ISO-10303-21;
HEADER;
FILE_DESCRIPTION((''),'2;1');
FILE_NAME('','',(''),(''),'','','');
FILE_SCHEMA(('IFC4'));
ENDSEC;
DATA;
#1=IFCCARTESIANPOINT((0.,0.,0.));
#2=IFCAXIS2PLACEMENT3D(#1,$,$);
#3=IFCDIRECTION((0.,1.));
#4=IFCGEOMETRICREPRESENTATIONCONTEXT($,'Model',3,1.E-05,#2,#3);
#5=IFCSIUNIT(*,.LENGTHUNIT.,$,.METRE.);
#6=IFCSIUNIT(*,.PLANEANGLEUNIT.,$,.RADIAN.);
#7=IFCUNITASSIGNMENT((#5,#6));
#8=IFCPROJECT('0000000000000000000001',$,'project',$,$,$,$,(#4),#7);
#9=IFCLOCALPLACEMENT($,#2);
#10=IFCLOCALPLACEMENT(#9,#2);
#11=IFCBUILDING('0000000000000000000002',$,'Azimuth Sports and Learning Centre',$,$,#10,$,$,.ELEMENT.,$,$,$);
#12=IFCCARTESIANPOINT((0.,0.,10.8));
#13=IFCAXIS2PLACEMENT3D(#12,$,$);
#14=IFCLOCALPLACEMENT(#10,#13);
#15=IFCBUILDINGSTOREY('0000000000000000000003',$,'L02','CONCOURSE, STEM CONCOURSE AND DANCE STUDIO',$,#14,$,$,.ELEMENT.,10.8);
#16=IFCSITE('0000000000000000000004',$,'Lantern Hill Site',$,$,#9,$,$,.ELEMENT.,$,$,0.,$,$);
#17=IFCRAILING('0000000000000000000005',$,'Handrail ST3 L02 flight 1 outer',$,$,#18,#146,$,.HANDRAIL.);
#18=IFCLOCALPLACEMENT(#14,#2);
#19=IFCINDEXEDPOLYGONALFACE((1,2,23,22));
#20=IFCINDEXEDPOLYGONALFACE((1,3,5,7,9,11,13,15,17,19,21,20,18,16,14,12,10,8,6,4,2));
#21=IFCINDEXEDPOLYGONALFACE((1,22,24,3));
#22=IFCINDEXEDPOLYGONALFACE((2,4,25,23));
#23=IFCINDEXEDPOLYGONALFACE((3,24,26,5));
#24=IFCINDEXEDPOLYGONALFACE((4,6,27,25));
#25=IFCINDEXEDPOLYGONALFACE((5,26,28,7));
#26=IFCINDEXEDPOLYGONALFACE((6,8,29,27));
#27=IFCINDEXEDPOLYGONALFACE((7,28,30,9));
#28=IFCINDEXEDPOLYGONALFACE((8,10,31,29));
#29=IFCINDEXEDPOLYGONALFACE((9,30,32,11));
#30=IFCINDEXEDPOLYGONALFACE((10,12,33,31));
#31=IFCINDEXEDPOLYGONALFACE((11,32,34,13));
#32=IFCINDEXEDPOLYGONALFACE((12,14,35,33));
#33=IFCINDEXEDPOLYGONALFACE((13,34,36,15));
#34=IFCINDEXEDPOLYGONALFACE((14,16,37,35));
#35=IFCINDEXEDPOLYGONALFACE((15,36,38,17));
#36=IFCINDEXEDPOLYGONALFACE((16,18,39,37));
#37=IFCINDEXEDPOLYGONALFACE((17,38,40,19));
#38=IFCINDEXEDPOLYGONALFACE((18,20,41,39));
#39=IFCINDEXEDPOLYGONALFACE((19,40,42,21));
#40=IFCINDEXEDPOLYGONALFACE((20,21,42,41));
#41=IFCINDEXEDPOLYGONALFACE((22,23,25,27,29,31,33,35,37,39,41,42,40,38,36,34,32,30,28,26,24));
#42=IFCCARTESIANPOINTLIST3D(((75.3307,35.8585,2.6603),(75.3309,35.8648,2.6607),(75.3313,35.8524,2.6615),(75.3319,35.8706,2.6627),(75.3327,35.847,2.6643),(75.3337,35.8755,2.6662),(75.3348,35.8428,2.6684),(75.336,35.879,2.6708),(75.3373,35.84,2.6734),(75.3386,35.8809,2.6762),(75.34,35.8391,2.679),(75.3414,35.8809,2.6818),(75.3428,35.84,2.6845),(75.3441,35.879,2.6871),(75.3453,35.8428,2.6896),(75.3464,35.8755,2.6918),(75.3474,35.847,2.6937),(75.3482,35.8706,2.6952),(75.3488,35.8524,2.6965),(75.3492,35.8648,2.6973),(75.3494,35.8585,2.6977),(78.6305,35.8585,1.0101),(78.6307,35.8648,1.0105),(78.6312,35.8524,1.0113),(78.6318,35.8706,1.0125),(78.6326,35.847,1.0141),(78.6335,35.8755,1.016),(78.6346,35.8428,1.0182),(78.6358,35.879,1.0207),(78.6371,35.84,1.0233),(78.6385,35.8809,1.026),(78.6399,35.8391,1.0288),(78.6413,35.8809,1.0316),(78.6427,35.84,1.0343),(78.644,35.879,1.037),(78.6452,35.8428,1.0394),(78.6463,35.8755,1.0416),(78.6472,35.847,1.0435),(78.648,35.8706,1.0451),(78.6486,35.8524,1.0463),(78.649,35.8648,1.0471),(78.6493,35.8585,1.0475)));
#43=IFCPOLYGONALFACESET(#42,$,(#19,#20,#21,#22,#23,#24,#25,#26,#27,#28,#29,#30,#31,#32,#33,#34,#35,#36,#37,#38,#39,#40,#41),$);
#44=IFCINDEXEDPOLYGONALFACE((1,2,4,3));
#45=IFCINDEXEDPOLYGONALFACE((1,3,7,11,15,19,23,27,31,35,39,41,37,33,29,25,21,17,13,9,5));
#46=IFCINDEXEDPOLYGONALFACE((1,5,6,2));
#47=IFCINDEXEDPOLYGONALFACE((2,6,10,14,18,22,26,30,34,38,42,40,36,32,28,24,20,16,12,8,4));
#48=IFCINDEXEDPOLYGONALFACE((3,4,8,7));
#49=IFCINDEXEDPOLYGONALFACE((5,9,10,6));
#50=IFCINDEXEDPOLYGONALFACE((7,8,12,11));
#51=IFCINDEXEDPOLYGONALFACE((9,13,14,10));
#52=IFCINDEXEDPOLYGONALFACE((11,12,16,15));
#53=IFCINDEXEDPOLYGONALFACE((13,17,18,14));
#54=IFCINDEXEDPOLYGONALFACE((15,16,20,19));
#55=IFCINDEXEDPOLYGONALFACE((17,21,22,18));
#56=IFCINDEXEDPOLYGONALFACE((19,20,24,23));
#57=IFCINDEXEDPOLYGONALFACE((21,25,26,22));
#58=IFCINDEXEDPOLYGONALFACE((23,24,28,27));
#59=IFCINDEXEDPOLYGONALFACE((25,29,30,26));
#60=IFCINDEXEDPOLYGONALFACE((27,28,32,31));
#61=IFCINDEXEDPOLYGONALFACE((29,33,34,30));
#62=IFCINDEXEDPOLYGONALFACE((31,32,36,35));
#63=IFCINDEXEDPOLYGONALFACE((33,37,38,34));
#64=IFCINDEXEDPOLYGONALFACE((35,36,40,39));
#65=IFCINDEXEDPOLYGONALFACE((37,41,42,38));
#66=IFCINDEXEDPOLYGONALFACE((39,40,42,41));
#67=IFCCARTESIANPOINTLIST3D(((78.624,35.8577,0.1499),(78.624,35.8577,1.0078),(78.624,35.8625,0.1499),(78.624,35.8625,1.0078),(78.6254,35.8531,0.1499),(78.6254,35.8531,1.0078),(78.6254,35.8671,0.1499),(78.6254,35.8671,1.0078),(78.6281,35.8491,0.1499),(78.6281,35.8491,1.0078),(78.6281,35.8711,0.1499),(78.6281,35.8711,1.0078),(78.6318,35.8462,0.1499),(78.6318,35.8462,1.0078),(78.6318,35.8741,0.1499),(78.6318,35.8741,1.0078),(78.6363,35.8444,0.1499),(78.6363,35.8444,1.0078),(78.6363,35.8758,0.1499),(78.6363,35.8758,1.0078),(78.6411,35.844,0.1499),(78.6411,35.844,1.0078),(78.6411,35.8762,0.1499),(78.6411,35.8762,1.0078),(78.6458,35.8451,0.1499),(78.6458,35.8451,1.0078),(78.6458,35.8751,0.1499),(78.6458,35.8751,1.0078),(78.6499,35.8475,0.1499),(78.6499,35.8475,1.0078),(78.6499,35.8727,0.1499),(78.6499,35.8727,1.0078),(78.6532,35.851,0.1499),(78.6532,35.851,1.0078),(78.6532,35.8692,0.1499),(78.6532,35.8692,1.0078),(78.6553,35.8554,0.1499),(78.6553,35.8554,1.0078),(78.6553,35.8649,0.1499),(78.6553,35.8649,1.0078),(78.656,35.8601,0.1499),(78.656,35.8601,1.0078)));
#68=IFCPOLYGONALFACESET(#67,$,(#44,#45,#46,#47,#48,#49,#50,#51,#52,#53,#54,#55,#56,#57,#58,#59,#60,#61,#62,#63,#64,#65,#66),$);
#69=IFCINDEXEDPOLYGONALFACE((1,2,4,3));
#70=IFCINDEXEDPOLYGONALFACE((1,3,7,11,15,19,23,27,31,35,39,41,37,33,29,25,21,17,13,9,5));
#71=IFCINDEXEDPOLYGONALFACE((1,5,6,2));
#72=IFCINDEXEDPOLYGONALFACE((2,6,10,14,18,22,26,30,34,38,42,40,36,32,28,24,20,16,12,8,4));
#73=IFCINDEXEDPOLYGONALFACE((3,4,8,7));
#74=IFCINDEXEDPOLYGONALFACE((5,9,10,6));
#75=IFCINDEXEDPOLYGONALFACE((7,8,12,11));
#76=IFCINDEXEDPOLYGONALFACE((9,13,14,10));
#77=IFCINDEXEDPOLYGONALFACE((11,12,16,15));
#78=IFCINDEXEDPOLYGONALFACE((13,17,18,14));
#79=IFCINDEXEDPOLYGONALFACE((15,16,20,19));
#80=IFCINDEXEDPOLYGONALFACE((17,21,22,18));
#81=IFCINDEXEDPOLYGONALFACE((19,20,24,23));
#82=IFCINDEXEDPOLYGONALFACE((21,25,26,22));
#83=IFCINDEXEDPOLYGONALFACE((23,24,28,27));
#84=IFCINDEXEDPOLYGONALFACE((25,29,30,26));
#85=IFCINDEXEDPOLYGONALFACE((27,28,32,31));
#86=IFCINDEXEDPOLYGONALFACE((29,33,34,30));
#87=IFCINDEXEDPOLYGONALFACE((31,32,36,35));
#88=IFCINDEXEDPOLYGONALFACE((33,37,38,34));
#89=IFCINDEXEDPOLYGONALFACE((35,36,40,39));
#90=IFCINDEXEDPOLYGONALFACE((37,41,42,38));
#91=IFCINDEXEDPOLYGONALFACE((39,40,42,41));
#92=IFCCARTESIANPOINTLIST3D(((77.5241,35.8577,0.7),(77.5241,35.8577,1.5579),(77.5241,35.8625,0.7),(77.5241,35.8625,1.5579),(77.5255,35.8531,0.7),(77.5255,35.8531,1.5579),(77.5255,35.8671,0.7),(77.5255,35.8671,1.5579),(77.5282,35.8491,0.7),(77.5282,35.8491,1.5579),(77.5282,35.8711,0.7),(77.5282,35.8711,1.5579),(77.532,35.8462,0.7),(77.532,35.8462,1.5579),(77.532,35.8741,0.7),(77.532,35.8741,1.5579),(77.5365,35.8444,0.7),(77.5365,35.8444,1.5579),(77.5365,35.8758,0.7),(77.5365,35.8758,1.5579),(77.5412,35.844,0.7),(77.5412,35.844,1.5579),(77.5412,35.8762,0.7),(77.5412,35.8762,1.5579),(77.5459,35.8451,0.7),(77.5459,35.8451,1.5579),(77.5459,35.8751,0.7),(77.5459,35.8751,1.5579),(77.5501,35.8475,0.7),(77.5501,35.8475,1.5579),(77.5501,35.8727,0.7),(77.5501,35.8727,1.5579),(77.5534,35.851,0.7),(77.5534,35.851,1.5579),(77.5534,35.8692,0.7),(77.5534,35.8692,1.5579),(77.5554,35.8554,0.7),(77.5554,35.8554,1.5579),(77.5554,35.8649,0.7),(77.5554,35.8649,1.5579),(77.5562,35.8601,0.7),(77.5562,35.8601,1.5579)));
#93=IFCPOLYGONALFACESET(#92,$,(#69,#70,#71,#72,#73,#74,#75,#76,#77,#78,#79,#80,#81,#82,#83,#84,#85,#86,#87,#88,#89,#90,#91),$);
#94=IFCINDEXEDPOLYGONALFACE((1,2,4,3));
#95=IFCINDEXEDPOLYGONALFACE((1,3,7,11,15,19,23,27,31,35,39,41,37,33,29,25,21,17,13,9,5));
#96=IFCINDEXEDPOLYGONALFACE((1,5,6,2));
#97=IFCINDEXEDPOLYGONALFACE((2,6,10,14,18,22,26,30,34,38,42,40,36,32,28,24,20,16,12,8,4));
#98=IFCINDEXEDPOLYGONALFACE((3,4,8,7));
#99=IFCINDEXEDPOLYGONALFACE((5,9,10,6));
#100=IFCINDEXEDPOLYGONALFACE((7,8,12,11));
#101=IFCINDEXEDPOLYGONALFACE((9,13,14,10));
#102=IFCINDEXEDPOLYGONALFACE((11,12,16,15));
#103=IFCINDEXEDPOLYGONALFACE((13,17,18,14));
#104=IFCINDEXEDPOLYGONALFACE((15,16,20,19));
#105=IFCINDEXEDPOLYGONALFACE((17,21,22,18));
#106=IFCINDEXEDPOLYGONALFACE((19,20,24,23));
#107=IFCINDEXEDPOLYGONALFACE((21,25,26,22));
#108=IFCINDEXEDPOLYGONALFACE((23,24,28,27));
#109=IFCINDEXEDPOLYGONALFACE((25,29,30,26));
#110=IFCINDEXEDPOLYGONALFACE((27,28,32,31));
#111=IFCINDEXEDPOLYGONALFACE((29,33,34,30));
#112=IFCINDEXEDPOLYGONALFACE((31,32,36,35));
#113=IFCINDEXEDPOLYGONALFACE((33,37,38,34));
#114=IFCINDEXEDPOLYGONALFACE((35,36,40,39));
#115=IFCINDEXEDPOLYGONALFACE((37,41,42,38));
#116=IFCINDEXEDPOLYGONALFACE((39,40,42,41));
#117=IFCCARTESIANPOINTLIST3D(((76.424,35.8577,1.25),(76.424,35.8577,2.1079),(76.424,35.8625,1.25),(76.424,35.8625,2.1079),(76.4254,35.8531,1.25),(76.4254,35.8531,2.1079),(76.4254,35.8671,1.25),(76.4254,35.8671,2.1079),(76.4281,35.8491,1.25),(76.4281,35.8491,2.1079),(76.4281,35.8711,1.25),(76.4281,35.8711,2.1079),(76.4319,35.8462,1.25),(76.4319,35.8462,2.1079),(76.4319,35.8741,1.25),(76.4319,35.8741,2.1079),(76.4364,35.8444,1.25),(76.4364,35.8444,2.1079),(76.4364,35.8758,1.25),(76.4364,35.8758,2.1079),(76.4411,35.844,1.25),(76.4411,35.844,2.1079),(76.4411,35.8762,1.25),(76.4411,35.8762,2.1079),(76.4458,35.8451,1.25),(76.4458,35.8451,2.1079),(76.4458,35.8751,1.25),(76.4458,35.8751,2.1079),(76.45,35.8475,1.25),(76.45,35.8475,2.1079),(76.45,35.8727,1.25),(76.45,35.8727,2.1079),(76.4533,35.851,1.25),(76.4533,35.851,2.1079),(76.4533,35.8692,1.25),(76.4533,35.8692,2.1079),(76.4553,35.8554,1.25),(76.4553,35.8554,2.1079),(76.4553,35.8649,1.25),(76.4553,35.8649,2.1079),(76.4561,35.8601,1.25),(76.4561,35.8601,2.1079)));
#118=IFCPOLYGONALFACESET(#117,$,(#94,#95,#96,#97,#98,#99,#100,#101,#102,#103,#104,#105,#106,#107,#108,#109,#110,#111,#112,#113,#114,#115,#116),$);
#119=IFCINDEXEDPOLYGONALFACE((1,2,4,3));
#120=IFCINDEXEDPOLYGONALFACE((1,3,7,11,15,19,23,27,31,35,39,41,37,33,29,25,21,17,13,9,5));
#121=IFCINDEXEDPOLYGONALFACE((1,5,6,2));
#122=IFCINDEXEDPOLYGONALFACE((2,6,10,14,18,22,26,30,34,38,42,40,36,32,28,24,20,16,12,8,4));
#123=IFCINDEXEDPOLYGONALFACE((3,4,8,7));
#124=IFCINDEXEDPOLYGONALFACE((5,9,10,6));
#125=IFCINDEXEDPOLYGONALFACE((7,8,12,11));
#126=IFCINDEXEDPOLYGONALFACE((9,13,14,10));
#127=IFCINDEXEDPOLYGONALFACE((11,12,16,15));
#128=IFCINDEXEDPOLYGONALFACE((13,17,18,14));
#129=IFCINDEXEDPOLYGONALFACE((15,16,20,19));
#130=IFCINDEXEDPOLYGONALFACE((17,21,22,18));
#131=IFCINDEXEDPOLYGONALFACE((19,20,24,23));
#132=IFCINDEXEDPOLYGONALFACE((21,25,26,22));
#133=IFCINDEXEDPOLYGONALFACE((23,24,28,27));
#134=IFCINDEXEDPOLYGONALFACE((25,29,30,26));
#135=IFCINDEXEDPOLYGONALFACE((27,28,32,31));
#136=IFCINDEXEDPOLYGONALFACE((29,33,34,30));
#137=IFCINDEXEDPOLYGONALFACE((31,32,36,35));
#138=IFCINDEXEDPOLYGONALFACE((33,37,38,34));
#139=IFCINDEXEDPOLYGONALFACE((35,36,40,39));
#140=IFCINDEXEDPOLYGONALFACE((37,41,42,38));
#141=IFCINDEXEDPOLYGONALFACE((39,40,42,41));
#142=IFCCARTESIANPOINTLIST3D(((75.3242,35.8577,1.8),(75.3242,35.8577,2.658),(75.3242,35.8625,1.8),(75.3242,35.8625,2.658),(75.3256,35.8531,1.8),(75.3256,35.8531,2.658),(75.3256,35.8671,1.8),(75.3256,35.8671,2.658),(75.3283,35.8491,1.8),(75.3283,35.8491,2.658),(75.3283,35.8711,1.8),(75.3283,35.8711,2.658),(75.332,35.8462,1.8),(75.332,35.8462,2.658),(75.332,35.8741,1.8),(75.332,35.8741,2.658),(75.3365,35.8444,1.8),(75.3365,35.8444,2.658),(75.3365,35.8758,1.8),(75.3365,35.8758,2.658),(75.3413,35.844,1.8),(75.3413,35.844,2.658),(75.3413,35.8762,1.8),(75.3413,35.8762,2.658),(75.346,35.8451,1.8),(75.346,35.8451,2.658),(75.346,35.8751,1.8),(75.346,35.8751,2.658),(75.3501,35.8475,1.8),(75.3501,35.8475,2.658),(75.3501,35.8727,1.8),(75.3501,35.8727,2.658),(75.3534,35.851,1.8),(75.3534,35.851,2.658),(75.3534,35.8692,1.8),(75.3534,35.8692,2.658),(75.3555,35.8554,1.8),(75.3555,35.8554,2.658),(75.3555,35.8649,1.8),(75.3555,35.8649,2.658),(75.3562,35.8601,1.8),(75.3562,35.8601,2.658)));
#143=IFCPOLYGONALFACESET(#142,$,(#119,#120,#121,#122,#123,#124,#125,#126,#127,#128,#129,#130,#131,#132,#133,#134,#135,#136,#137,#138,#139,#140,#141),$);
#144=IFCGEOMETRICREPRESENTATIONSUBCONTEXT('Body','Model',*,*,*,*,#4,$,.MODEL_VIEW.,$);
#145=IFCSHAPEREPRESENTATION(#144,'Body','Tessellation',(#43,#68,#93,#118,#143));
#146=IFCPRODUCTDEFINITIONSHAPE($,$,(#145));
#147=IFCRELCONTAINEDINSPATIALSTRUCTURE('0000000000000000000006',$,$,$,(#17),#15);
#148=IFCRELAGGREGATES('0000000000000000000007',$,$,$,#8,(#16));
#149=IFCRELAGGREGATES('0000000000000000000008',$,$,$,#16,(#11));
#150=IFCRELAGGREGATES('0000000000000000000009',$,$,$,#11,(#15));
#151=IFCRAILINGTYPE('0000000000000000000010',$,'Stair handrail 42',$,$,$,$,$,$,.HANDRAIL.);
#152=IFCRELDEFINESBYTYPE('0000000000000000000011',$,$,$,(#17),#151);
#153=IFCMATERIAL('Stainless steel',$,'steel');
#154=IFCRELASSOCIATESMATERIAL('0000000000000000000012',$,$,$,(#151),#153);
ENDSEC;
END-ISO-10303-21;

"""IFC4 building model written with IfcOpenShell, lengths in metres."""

from ifc_helpers import new_model, si_unit, direction, frame, origin, origin_2d, place, context, subcontext, project, spatial, circle, extrude, material, type_object, element, save


model = new_model("IFC4")

# Units and contexts
model_context = context("Model", 3, precision=1e-05, world=origin(), true_north=direction((0.0, 1.0)))
body_context = subcontext(model_context, "Body", "Model", "MODEL_VIEW")
ifc_project = project(units=[si_unit("LENGTHUNIT", "METRE"), si_unit("PLANEANGLEUNIT", "RADIAN")], contexts=[model_context])

# Site, building, storey
site_placement = place(None, origin())
site = spatial("IfcSite", under=ifc_project, at=site_placement, Name="Lantern Hill Site", CompositionType="ELEMENT", RefElevation=0.0)
building_placement = place(site_placement, origin())
building = spatial("IfcBuilding", under=site, at=building_placement, Name="Azimuth Sports and Learning Centre", CompositionType="ELEMENT")
storey_placement = place(building_placement, frame((0.0, 0.0, 10.8)))
storey = spatial("IfcBuildingStorey", under=building, at=storey_placement, Name="L02", Description="CONCOURSE, STEM CONCOURSE AND DANCE STUDIO", CompositionType="ELEMENT", Elevation=10.8)

# Railing
ifc_material_1 = material(Name="Stainless steel", Category="steel")
railing_type_1 = type_object("IfcRailingType", Name="Stair handrail 42", PredefinedType="HANDRAIL", material=ifc_material_1)
for number, where, name in (
    (1, (78.6399, 35.8601, 0.1499), "Handrail ST3 L02 flight 1 outer"),
):
    element("IfcRailing", number, at=place(storey_placement, frame(where)), inside=storey, type_object=railing_type_1, Name=name, PredefinedType="HANDRAIL", context=body_context, shape_type="SweptSolid", body=[
        extrude(circle(Radius=0.021, at=origin_2d()), frame((0.0, 0.0, 0.8789), z_axis=(-0.894401, 0.0, 0.447267), x_axis=(0.0, -1.0, 0.0)), (0.0, 0.0, 1.0), 3.6895),
        extrude(circle(Radius=0.0161, at=origin_2d()), origin(), (0.0, 0.0, 1.0), 0.8579),
        extrude(circle(Radius=0.0161, at=origin_2d()), frame((-1.0999, 0.0, 0.55)), (0.0, 0.0, 1.0), 0.8579),
        extrude(circle(Radius=0.0161, at=origin_2d()), frame((-2.2, 0.0, 1.1001)), (0.0, 0.0, 1.0), 0.8579),
        extrude(circle(Radius=0.0161, at=origin_2d()), frame((-3.2998, 0.0, 1.6501)), (0.0, 0.0, 1.0), 0.8579),
    ])

save(model, "model.ifc")
